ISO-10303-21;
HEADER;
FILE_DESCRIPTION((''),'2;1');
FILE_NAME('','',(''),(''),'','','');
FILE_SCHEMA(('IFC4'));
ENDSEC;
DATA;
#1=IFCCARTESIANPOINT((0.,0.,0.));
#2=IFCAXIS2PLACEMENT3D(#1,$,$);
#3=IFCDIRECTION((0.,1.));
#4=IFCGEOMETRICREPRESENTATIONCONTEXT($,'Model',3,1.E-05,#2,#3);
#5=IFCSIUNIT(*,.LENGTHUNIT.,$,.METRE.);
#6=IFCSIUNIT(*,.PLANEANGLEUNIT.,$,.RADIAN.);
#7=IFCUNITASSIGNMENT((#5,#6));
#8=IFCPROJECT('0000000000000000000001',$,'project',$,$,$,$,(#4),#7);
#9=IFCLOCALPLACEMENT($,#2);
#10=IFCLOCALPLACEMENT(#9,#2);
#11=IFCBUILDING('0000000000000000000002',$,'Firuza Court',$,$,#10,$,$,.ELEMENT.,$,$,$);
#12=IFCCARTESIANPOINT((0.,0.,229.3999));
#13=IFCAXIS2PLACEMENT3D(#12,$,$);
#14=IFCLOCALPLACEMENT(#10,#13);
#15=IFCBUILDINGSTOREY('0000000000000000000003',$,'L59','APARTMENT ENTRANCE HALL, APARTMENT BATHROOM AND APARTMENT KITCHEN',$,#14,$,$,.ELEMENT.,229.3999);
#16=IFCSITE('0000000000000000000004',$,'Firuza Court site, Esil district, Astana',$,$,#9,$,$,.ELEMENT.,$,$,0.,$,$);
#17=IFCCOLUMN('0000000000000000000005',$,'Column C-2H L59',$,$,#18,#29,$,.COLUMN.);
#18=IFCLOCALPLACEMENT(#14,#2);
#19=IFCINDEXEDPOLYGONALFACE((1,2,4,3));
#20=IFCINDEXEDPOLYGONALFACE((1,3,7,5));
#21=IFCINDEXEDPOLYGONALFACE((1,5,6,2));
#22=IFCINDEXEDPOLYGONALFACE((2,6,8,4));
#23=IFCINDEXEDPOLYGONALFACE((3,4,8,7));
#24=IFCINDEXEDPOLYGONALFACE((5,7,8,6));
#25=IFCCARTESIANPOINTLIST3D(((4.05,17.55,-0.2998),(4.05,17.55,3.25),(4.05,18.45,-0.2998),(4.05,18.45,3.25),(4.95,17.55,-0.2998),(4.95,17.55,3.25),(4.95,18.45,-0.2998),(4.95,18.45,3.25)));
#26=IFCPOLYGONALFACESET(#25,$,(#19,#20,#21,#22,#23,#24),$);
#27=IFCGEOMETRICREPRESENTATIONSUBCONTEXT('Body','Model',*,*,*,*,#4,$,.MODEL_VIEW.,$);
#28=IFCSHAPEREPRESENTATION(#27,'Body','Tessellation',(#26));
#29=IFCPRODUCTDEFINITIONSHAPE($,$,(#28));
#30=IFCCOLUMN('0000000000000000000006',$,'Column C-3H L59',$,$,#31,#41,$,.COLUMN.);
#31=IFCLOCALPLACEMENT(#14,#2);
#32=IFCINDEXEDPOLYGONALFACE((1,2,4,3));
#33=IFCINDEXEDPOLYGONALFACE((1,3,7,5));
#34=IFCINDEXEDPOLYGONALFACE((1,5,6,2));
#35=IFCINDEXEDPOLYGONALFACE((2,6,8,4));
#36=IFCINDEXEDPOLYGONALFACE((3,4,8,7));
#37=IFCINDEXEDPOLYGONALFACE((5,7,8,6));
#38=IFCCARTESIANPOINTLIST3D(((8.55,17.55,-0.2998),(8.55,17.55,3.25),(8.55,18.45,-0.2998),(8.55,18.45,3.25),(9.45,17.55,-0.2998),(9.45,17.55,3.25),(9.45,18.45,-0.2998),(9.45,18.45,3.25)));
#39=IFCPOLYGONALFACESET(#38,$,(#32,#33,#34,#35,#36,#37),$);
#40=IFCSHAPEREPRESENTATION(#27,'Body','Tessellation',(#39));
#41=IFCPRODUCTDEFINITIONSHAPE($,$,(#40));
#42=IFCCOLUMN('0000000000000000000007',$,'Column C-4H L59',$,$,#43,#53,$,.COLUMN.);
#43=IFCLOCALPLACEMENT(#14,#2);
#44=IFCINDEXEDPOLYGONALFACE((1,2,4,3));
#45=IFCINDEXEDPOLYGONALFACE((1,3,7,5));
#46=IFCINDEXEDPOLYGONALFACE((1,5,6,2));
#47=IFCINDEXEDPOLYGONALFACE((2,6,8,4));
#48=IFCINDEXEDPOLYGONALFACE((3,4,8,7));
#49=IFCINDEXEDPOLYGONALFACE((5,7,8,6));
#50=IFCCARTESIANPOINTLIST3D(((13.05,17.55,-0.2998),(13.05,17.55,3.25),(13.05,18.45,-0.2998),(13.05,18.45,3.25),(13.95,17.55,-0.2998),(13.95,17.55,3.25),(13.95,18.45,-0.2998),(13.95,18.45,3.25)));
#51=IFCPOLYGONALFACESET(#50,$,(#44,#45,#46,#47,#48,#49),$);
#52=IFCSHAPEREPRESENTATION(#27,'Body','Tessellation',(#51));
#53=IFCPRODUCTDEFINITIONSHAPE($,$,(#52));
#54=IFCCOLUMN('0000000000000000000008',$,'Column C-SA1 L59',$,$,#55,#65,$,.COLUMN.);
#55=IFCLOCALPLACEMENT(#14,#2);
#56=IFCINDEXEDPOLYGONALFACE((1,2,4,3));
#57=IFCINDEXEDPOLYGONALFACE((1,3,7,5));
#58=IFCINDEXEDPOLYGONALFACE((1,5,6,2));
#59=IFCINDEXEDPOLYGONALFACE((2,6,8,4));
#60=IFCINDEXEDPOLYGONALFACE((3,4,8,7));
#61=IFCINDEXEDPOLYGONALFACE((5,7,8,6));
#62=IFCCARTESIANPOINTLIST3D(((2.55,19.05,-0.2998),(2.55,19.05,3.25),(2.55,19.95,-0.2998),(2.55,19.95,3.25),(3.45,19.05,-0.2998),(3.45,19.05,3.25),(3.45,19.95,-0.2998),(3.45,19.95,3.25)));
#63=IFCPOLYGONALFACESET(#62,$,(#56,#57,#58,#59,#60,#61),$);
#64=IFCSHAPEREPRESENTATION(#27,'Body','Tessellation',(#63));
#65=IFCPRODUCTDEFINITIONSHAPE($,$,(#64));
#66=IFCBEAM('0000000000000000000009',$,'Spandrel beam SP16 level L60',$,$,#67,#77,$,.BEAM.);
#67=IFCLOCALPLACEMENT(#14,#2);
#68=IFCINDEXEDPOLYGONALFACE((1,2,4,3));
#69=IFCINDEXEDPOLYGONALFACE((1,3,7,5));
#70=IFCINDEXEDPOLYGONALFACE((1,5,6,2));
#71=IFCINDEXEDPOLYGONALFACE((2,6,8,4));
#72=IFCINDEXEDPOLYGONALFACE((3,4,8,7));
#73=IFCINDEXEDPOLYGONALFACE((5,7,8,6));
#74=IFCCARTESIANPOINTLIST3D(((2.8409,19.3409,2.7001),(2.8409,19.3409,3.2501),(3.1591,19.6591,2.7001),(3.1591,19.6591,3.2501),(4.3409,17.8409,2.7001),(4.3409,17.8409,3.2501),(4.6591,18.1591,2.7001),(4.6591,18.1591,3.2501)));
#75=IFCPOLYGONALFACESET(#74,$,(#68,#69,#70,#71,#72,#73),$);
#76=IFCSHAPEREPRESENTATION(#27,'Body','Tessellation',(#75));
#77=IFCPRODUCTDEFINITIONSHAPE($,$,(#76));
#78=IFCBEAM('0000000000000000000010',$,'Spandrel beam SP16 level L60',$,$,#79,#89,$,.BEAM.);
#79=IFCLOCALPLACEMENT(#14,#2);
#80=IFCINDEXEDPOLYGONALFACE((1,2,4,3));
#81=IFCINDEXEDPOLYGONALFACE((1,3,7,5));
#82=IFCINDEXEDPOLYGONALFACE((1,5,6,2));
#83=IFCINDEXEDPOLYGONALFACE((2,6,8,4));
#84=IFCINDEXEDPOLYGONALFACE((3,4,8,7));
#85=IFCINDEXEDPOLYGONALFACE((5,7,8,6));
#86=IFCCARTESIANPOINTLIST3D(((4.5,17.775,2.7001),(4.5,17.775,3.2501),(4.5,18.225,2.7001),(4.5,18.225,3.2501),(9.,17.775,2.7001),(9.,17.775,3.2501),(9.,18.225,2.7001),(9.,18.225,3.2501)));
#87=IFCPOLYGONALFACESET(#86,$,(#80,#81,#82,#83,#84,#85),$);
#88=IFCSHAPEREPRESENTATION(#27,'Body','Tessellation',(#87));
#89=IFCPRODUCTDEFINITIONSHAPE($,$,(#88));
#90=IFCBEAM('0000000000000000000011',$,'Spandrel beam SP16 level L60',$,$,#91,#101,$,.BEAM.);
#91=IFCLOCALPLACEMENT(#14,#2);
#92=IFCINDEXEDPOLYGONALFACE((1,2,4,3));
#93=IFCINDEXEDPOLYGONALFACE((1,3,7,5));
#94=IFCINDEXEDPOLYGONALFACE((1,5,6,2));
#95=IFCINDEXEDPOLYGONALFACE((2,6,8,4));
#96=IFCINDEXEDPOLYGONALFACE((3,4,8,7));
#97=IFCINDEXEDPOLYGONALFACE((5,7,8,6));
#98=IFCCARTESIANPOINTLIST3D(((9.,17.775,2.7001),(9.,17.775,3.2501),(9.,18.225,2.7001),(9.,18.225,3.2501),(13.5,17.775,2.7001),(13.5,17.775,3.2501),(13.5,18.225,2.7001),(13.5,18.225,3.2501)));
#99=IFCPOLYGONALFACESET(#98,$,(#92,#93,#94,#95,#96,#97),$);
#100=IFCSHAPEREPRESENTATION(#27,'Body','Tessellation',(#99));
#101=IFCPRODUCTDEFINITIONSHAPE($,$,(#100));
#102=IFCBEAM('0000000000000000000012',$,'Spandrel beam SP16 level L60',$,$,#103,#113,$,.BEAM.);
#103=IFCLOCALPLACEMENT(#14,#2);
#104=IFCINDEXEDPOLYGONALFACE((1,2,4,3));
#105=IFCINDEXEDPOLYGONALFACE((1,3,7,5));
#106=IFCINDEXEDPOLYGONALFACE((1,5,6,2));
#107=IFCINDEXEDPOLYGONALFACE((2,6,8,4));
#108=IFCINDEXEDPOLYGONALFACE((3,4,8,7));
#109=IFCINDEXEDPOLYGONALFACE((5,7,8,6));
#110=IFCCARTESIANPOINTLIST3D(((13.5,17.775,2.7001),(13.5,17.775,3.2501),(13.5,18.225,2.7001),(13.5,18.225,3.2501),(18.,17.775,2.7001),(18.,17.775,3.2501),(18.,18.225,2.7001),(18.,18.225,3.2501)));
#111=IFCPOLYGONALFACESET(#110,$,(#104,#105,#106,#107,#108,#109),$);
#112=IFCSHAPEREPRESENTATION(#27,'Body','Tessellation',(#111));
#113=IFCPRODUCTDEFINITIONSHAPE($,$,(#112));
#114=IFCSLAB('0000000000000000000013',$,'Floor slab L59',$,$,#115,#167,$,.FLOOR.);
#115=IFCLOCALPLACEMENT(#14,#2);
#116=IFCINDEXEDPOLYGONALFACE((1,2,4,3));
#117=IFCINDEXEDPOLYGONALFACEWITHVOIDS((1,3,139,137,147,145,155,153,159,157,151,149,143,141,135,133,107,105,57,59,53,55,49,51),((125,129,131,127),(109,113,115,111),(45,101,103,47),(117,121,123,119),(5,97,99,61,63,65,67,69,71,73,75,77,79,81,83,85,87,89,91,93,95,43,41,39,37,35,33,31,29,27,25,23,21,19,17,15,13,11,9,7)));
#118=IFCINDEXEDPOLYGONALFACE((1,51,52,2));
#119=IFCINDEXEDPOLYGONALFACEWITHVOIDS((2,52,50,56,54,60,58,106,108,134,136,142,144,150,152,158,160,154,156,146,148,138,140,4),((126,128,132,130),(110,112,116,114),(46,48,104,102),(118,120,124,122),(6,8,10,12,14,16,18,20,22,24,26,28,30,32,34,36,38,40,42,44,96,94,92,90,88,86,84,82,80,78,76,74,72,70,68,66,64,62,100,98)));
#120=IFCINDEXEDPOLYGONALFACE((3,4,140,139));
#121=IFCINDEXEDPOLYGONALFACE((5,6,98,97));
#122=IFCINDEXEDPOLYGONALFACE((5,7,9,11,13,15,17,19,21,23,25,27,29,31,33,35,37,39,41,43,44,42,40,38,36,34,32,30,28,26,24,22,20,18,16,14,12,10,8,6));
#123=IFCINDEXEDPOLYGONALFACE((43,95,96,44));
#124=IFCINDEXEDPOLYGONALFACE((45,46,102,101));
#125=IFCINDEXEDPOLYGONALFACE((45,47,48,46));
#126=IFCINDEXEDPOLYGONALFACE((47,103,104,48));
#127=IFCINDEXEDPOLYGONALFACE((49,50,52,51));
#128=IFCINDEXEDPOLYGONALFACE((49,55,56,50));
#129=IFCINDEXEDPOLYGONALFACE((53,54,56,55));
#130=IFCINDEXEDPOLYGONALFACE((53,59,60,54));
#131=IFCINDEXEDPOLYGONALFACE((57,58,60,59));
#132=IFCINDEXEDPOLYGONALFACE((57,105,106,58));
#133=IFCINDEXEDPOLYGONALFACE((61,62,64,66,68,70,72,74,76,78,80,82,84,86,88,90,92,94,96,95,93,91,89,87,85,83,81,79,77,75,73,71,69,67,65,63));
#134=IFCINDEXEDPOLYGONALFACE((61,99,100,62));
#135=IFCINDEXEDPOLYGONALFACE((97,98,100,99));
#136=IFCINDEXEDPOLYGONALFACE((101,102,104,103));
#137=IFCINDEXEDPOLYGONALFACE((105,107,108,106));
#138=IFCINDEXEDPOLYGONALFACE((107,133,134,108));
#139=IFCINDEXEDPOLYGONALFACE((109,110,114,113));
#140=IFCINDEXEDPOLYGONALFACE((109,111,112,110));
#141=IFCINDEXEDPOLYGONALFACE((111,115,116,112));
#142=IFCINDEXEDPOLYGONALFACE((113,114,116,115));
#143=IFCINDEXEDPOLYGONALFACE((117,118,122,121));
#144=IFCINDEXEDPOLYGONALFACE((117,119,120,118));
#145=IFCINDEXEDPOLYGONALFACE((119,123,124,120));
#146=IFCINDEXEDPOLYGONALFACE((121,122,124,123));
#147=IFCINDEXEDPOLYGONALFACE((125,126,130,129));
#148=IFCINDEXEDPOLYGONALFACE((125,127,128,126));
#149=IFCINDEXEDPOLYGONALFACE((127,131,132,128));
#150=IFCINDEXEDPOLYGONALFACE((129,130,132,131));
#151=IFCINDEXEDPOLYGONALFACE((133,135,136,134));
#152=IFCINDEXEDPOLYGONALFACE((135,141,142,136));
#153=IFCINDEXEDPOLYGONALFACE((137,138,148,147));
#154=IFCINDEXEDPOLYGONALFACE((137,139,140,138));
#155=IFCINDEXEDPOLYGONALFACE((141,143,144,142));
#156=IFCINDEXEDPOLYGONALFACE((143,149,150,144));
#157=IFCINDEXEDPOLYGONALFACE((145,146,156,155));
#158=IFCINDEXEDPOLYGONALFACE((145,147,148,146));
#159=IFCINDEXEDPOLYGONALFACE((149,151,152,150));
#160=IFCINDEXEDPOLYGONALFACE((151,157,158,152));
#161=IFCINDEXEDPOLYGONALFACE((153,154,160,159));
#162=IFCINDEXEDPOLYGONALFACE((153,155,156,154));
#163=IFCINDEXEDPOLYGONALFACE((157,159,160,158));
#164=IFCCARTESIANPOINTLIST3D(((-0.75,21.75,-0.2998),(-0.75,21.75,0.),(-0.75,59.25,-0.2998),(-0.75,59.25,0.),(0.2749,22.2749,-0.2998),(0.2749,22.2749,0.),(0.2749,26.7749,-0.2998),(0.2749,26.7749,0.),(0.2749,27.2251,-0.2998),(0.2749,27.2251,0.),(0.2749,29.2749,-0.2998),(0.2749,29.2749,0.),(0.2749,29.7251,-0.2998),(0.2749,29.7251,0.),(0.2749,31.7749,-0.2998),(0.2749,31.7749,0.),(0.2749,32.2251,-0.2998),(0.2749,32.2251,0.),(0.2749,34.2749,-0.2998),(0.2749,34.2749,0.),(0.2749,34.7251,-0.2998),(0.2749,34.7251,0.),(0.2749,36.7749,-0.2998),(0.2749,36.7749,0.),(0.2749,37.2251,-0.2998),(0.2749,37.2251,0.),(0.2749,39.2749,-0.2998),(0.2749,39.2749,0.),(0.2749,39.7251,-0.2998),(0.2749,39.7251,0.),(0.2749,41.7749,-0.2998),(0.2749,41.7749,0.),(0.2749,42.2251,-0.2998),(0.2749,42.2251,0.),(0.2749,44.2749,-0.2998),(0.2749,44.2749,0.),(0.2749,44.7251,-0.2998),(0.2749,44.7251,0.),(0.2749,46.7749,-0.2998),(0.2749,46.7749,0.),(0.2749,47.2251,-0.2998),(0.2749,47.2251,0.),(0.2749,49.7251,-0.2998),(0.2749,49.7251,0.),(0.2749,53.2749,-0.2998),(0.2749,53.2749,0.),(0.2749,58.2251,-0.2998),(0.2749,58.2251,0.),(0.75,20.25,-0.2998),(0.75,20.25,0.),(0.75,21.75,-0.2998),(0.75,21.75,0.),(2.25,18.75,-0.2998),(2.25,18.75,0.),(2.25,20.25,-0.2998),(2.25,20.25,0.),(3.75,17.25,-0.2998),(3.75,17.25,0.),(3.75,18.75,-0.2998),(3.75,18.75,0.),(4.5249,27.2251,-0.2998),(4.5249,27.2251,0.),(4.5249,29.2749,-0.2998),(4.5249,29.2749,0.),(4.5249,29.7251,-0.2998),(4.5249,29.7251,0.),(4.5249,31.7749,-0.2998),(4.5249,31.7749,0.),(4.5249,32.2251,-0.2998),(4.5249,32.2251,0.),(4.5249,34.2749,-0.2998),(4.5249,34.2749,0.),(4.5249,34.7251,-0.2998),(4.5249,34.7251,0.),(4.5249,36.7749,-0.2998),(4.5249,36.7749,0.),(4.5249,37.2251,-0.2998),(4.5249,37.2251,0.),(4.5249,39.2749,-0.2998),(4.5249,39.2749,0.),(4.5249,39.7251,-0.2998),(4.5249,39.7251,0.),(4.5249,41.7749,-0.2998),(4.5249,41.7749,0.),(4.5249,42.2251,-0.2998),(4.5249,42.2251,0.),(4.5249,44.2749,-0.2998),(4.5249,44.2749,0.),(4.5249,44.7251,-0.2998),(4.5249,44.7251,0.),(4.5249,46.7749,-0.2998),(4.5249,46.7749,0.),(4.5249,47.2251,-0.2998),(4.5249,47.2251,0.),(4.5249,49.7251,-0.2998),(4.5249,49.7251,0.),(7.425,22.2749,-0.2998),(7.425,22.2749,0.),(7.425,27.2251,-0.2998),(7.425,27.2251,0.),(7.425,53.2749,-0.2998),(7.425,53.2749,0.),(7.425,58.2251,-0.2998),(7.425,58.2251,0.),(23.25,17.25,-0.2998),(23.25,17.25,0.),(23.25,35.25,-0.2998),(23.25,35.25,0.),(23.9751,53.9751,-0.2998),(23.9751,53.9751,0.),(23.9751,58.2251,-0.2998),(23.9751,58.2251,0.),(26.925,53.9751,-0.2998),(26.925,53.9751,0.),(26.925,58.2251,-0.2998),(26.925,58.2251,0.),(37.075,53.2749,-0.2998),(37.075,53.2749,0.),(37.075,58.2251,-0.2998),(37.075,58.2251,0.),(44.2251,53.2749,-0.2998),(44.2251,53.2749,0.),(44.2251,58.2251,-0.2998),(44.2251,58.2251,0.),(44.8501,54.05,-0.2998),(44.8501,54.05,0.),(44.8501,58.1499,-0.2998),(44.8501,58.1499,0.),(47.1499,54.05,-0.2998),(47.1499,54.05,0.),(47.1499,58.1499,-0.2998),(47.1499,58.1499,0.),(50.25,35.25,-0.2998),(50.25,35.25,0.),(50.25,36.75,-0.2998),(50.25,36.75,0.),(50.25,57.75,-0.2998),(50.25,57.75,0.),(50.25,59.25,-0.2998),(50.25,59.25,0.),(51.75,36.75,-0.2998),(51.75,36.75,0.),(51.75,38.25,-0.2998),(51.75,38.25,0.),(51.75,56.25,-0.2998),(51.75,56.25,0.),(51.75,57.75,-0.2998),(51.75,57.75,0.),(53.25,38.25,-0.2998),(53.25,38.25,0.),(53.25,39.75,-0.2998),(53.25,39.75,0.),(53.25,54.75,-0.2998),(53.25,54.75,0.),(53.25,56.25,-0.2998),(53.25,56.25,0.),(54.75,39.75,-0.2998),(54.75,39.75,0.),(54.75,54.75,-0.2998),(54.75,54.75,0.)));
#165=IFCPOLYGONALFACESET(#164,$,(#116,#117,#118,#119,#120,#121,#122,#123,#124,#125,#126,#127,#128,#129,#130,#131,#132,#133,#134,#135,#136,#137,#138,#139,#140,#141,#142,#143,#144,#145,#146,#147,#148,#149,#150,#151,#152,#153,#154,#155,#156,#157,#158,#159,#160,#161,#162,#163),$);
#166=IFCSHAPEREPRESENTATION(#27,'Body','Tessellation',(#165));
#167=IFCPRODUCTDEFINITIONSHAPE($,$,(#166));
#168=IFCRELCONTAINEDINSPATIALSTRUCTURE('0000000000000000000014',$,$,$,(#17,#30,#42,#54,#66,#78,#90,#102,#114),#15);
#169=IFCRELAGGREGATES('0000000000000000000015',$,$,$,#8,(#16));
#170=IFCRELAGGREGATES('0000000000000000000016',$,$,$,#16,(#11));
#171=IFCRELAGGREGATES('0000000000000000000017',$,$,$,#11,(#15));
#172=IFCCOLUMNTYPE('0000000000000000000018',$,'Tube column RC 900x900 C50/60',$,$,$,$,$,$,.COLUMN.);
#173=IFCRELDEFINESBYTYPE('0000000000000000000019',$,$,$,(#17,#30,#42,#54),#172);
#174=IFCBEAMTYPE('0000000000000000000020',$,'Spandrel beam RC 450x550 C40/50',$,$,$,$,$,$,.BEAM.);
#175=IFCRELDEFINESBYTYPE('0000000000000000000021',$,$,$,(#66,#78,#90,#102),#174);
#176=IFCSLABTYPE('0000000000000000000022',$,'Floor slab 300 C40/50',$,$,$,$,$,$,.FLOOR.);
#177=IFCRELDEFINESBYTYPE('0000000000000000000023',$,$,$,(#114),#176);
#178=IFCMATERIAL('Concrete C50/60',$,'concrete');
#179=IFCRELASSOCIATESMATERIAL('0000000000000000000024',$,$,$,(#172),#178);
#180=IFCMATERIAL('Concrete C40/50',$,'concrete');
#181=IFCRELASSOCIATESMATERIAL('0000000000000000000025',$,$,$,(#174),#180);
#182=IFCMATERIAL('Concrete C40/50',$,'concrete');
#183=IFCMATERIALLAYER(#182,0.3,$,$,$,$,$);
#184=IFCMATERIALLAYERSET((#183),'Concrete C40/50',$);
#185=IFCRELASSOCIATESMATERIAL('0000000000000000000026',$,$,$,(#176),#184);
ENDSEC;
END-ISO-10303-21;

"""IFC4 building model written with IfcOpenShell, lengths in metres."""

from ifc_helpers import new_model, si_unit, direction, frame, origin, origin_2d, place, context, subcontext, project, spatial, polyline, rectangle, outline, extrude, material, layer, layer_set, material_profile, profile_set, type_object, element, save


model = new_model("IFC4")

# Units and contexts
model_context = context("Model", 3, precision=1e-05, world=origin(), true_north=direction((0.0, 1.0)))
body_context = subcontext(model_context, "Body", "Model", "MODEL_VIEW")
ifc_project = project(units=[si_unit("LENGTHUNIT", "METRE"), si_unit("PLANEANGLEUNIT", "RADIAN")], contexts=[model_context])

# Site, building, storey
site_placement = place(None, origin())
site = spatial("IfcSite", under=ifc_project, at=site_placement, Name="Firuza Court site, Esil district, Astana", CompositionType="ELEMENT", RefElevation=0.0)
building_placement = place(site_placement, origin())
building = spatial("IfcBuilding", under=site, at=building_placement, Name="Firuza Court", CompositionType="ELEMENT")
storey_placement = place(building_placement, frame((0.0, 0.0, 229.3999)))
storey = spatial("IfcBuildingStorey", under=building, at=storey_placement, Name="L59", Description="APARTMENT ENTRANCE HALL, APARTMENT BATHROOM AND APARTMENT KITCHEN", CompositionType="ELEMENT", Elevation=229.3999)

# Columns
ifc_material_1 = material(Name="Concrete C50/60", Category="concrete")
ifc_material_profile_1 = material_profile(ifc_material_1, rectangle(XDim=0.8999, YDim=0.8999, at=origin_2d()), Name="RC 900x900")
ifc_profile_set_1 = profile_set([ifc_material_profile_1], Name="Concrete C50/60")
column_type = type_object("IfcColumnType", Name="Tube column RC 900x900 C50/60", PredefinedType="COLUMN", material=ifc_profile_set_1)
for number, where, z_axis, x_axis, name in (
    (1, (4.5, 18.0, -0.2998), (0.0, 0.0, 1.0), (1.0, 0.0, 0.0), "Column C-2H L59"),
    (2, (9.0, 18.0, -0.2998), (0.0, 0.0, 1.0), (1.0, 0.0, 0.0), "Column C-3H L59"),
    (3, (13.5, 18.0, -0.2998), (0.0, 0.0, 1.0), (1.0, 0.0, 0.0), "Column C-4H L59"),
    (4, (3.0, 19.5, -0.2998), (0.0, 0.0, 1.0), (1.0, 0.0, 0.0), "Column C-SA1 L59"),
):
    element("IfcColumn", number, at=place(storey_placement, frame(where, z_axis=z_axis, x_axis=x_axis)), inside=storey, type_object=column_type, Name=name, PredefinedType="COLUMN", context=body_context, shape_type="SweptSolid", body=[
        extrude(rectangle(XDim=0.8999, YDim=0.8999, at=origin_2d()), origin(), (0.0, 0.0, 1.0), 3.5498),
    ])

# Beams
ifc_material_2 = material(Name="Concrete C40/50", Category="concrete")
ifc_material_profile_2 = material_profile(ifc_material_2, rectangle(XDim=0.45, YDim=0.55, at=origin_2d()), Name="RC 450x550")
ifc_profile_set_2 = profile_set([ifc_material_profile_2], Name="Concrete C40/50")
beam_type = type_object("IfcBeamType", Name="Spandrel beam RC 450x550 C40/50", PredefinedType="BEAM", material=ifc_profile_set_2)
beam_placement = place(storey_placement, frame((3.0, 19.5, 2.9751), z_axis=(0.707107, -0.707107, 0.0), x_axis=(0.707107, 0.707107, 0.0)))
element("IfcBeam", 5, at=beam_placement, inside=storey, type_object=beam_type, Name="Spandrel beam SP16 level L60", PredefinedType="BEAM", context=body_context, shape_type="SweptSolid", body=[
    extrude(rectangle(XDim=0.45, YDim=0.55, at=origin_2d()), origin(), (0.0, 0.0, 1.0), 2.1213),
])
for number, where, z_axis, x_axis, name in (
    (6, (4.5, 18.0, 2.9751), (1.0, 0.0, 0.0), (0.0, 1.0, 0.0), "Spandrel beam SP16 level L60"),
    (7, (9.0, 18.0, 2.9751), (1.0, 0.0, 0.0), (0.0, 1.0, 0.0), "Spandrel beam SP16 level L60"),
    (8, (13.5, 18.0, 2.9751), (1.0, 0.0, 0.0), (0.0, 1.0, 0.0), "Spandrel beam SP16 level L60"),
):
    element("IfcBeam", number, at=place(storey_placement, frame(where, z_axis=z_axis, x_axis=x_axis)), inside=storey, type_object=beam_type, Name=name, PredefinedType="BEAM", context=body_context, shape_type="SweptSolid", body=[
        extrude(rectangle(XDim=0.45, YDim=0.55, at=origin_2d()), origin(), (0.0, 0.0, 1.0), 4.5),
    ])

# Slab
ifc_material_3 = material(Name="Concrete C40/50", Category="concrete")
ifc_layer_1 = layer(ifc_material_3, 0.3)
ifc_layer_set_1 = layer_set([ifc_layer_1], Name="Concrete C40/50")
slab_type_1 = type_object("IfcSlabType", Name="Floor slab 300 C40/50", PredefinedType="FLOOR", material=ifc_layer_set_1)
slab_1_placement = place(storey_placement, frame((0.0, 0.0, -0.2998)))
element("IfcSlab", 9, at=slab_1_placement, inside=storey, type_object=slab_type_1, Name="Floor slab L59", PredefinedType="FLOOR", context=body_context, shape_type="SweptSolid", body=[
    extrude(outline(polyline([(-0.75, 59.25), (50.25, 59.25), (50.25, 57.75), (51.75, 57.75), (51.75, 56.25), (53.25, 56.25), (53.25, 54.75), (54.75, 54.75), (54.75, 39.75), (53.25, 39.75), (53.25, 38.25), (51.75, 38.25), (51.75, 36.75), (50.25, 36.75), (50.25, 35.25), (23.25, 35.25), (23.25, 17.25), (3.75, 17.25), (3.75, 18.75), (2.25, 18.75), (2.25, 20.25), (0.75, 20.25), (0.75, 21.75), (-0.75, 21.75), (-0.75, 59.25)]), holes=[polyline([(0.2749, 34.2749), (0.2749, 32.2251), (0.2749, 31.7749), (0.2749, 29.7251), (0.2749, 29.2749), (0.2749, 27.2251), (0.2749, 26.7749), (0.2749, 22.2749), (7.425, 22.2749), (7.425, 27.2251), (4.5249, 27.2251), (4.5249, 29.2749), (4.5249, 29.7251), (4.5249, 31.7749), (4.5249, 32.2251), (4.5249, 34.2749), (4.5249, 34.7251), (4.5249, 36.7749), (4.5249, 37.2251), (4.5249, 39.2749), (4.5249, 39.7251), (4.5249, 41.7749), (4.5249, 42.2251), (4.5249, 44.2749), (4.5249, 44.7251), (4.5249, 46.7749), (4.5249, 47.2251), (4.5249, 49.7251), (0.2749, 49.7251), (0.2749, 47.2251), (0.2749, 46.7749), (0.2749, 44.7251), (0.2749, 44.2749), (0.2749, 42.2251), (0.2749, 41.7749), (0.2749, 39.7251), (0.2749, 39.2749), (0.2749, 37.2251), (0.2749, 36.7749), (0.2749, 34.7251), (0.2749, 34.2749)]), polyline([(7.425, 58.2251), (0.2749, 58.2251), (0.2749, 53.2749), (7.425, 53.2749), (7.425, 58.2251)]), polyline([(44.2251, 58.2251), (37.075, 58.2251), (37.075, 53.2749), (44.2251, 53.2749), (44.2251, 58.2251)]), polyline([(26.925, 58.2251), (23.9751, 58.2251), (23.9751, 53.9751), (26.925, 53.9751), (26.925, 58.2251)]), polyline([(47.1499, 58.1499), (44.8501, 58.1499), (44.8501, 54.05), (47.1499, 54.05), (47.1499, 58.1499)])]), origin(), (0.0, 0.0, 1.0), 0.2998),
])

save(model, "model.ifc")
